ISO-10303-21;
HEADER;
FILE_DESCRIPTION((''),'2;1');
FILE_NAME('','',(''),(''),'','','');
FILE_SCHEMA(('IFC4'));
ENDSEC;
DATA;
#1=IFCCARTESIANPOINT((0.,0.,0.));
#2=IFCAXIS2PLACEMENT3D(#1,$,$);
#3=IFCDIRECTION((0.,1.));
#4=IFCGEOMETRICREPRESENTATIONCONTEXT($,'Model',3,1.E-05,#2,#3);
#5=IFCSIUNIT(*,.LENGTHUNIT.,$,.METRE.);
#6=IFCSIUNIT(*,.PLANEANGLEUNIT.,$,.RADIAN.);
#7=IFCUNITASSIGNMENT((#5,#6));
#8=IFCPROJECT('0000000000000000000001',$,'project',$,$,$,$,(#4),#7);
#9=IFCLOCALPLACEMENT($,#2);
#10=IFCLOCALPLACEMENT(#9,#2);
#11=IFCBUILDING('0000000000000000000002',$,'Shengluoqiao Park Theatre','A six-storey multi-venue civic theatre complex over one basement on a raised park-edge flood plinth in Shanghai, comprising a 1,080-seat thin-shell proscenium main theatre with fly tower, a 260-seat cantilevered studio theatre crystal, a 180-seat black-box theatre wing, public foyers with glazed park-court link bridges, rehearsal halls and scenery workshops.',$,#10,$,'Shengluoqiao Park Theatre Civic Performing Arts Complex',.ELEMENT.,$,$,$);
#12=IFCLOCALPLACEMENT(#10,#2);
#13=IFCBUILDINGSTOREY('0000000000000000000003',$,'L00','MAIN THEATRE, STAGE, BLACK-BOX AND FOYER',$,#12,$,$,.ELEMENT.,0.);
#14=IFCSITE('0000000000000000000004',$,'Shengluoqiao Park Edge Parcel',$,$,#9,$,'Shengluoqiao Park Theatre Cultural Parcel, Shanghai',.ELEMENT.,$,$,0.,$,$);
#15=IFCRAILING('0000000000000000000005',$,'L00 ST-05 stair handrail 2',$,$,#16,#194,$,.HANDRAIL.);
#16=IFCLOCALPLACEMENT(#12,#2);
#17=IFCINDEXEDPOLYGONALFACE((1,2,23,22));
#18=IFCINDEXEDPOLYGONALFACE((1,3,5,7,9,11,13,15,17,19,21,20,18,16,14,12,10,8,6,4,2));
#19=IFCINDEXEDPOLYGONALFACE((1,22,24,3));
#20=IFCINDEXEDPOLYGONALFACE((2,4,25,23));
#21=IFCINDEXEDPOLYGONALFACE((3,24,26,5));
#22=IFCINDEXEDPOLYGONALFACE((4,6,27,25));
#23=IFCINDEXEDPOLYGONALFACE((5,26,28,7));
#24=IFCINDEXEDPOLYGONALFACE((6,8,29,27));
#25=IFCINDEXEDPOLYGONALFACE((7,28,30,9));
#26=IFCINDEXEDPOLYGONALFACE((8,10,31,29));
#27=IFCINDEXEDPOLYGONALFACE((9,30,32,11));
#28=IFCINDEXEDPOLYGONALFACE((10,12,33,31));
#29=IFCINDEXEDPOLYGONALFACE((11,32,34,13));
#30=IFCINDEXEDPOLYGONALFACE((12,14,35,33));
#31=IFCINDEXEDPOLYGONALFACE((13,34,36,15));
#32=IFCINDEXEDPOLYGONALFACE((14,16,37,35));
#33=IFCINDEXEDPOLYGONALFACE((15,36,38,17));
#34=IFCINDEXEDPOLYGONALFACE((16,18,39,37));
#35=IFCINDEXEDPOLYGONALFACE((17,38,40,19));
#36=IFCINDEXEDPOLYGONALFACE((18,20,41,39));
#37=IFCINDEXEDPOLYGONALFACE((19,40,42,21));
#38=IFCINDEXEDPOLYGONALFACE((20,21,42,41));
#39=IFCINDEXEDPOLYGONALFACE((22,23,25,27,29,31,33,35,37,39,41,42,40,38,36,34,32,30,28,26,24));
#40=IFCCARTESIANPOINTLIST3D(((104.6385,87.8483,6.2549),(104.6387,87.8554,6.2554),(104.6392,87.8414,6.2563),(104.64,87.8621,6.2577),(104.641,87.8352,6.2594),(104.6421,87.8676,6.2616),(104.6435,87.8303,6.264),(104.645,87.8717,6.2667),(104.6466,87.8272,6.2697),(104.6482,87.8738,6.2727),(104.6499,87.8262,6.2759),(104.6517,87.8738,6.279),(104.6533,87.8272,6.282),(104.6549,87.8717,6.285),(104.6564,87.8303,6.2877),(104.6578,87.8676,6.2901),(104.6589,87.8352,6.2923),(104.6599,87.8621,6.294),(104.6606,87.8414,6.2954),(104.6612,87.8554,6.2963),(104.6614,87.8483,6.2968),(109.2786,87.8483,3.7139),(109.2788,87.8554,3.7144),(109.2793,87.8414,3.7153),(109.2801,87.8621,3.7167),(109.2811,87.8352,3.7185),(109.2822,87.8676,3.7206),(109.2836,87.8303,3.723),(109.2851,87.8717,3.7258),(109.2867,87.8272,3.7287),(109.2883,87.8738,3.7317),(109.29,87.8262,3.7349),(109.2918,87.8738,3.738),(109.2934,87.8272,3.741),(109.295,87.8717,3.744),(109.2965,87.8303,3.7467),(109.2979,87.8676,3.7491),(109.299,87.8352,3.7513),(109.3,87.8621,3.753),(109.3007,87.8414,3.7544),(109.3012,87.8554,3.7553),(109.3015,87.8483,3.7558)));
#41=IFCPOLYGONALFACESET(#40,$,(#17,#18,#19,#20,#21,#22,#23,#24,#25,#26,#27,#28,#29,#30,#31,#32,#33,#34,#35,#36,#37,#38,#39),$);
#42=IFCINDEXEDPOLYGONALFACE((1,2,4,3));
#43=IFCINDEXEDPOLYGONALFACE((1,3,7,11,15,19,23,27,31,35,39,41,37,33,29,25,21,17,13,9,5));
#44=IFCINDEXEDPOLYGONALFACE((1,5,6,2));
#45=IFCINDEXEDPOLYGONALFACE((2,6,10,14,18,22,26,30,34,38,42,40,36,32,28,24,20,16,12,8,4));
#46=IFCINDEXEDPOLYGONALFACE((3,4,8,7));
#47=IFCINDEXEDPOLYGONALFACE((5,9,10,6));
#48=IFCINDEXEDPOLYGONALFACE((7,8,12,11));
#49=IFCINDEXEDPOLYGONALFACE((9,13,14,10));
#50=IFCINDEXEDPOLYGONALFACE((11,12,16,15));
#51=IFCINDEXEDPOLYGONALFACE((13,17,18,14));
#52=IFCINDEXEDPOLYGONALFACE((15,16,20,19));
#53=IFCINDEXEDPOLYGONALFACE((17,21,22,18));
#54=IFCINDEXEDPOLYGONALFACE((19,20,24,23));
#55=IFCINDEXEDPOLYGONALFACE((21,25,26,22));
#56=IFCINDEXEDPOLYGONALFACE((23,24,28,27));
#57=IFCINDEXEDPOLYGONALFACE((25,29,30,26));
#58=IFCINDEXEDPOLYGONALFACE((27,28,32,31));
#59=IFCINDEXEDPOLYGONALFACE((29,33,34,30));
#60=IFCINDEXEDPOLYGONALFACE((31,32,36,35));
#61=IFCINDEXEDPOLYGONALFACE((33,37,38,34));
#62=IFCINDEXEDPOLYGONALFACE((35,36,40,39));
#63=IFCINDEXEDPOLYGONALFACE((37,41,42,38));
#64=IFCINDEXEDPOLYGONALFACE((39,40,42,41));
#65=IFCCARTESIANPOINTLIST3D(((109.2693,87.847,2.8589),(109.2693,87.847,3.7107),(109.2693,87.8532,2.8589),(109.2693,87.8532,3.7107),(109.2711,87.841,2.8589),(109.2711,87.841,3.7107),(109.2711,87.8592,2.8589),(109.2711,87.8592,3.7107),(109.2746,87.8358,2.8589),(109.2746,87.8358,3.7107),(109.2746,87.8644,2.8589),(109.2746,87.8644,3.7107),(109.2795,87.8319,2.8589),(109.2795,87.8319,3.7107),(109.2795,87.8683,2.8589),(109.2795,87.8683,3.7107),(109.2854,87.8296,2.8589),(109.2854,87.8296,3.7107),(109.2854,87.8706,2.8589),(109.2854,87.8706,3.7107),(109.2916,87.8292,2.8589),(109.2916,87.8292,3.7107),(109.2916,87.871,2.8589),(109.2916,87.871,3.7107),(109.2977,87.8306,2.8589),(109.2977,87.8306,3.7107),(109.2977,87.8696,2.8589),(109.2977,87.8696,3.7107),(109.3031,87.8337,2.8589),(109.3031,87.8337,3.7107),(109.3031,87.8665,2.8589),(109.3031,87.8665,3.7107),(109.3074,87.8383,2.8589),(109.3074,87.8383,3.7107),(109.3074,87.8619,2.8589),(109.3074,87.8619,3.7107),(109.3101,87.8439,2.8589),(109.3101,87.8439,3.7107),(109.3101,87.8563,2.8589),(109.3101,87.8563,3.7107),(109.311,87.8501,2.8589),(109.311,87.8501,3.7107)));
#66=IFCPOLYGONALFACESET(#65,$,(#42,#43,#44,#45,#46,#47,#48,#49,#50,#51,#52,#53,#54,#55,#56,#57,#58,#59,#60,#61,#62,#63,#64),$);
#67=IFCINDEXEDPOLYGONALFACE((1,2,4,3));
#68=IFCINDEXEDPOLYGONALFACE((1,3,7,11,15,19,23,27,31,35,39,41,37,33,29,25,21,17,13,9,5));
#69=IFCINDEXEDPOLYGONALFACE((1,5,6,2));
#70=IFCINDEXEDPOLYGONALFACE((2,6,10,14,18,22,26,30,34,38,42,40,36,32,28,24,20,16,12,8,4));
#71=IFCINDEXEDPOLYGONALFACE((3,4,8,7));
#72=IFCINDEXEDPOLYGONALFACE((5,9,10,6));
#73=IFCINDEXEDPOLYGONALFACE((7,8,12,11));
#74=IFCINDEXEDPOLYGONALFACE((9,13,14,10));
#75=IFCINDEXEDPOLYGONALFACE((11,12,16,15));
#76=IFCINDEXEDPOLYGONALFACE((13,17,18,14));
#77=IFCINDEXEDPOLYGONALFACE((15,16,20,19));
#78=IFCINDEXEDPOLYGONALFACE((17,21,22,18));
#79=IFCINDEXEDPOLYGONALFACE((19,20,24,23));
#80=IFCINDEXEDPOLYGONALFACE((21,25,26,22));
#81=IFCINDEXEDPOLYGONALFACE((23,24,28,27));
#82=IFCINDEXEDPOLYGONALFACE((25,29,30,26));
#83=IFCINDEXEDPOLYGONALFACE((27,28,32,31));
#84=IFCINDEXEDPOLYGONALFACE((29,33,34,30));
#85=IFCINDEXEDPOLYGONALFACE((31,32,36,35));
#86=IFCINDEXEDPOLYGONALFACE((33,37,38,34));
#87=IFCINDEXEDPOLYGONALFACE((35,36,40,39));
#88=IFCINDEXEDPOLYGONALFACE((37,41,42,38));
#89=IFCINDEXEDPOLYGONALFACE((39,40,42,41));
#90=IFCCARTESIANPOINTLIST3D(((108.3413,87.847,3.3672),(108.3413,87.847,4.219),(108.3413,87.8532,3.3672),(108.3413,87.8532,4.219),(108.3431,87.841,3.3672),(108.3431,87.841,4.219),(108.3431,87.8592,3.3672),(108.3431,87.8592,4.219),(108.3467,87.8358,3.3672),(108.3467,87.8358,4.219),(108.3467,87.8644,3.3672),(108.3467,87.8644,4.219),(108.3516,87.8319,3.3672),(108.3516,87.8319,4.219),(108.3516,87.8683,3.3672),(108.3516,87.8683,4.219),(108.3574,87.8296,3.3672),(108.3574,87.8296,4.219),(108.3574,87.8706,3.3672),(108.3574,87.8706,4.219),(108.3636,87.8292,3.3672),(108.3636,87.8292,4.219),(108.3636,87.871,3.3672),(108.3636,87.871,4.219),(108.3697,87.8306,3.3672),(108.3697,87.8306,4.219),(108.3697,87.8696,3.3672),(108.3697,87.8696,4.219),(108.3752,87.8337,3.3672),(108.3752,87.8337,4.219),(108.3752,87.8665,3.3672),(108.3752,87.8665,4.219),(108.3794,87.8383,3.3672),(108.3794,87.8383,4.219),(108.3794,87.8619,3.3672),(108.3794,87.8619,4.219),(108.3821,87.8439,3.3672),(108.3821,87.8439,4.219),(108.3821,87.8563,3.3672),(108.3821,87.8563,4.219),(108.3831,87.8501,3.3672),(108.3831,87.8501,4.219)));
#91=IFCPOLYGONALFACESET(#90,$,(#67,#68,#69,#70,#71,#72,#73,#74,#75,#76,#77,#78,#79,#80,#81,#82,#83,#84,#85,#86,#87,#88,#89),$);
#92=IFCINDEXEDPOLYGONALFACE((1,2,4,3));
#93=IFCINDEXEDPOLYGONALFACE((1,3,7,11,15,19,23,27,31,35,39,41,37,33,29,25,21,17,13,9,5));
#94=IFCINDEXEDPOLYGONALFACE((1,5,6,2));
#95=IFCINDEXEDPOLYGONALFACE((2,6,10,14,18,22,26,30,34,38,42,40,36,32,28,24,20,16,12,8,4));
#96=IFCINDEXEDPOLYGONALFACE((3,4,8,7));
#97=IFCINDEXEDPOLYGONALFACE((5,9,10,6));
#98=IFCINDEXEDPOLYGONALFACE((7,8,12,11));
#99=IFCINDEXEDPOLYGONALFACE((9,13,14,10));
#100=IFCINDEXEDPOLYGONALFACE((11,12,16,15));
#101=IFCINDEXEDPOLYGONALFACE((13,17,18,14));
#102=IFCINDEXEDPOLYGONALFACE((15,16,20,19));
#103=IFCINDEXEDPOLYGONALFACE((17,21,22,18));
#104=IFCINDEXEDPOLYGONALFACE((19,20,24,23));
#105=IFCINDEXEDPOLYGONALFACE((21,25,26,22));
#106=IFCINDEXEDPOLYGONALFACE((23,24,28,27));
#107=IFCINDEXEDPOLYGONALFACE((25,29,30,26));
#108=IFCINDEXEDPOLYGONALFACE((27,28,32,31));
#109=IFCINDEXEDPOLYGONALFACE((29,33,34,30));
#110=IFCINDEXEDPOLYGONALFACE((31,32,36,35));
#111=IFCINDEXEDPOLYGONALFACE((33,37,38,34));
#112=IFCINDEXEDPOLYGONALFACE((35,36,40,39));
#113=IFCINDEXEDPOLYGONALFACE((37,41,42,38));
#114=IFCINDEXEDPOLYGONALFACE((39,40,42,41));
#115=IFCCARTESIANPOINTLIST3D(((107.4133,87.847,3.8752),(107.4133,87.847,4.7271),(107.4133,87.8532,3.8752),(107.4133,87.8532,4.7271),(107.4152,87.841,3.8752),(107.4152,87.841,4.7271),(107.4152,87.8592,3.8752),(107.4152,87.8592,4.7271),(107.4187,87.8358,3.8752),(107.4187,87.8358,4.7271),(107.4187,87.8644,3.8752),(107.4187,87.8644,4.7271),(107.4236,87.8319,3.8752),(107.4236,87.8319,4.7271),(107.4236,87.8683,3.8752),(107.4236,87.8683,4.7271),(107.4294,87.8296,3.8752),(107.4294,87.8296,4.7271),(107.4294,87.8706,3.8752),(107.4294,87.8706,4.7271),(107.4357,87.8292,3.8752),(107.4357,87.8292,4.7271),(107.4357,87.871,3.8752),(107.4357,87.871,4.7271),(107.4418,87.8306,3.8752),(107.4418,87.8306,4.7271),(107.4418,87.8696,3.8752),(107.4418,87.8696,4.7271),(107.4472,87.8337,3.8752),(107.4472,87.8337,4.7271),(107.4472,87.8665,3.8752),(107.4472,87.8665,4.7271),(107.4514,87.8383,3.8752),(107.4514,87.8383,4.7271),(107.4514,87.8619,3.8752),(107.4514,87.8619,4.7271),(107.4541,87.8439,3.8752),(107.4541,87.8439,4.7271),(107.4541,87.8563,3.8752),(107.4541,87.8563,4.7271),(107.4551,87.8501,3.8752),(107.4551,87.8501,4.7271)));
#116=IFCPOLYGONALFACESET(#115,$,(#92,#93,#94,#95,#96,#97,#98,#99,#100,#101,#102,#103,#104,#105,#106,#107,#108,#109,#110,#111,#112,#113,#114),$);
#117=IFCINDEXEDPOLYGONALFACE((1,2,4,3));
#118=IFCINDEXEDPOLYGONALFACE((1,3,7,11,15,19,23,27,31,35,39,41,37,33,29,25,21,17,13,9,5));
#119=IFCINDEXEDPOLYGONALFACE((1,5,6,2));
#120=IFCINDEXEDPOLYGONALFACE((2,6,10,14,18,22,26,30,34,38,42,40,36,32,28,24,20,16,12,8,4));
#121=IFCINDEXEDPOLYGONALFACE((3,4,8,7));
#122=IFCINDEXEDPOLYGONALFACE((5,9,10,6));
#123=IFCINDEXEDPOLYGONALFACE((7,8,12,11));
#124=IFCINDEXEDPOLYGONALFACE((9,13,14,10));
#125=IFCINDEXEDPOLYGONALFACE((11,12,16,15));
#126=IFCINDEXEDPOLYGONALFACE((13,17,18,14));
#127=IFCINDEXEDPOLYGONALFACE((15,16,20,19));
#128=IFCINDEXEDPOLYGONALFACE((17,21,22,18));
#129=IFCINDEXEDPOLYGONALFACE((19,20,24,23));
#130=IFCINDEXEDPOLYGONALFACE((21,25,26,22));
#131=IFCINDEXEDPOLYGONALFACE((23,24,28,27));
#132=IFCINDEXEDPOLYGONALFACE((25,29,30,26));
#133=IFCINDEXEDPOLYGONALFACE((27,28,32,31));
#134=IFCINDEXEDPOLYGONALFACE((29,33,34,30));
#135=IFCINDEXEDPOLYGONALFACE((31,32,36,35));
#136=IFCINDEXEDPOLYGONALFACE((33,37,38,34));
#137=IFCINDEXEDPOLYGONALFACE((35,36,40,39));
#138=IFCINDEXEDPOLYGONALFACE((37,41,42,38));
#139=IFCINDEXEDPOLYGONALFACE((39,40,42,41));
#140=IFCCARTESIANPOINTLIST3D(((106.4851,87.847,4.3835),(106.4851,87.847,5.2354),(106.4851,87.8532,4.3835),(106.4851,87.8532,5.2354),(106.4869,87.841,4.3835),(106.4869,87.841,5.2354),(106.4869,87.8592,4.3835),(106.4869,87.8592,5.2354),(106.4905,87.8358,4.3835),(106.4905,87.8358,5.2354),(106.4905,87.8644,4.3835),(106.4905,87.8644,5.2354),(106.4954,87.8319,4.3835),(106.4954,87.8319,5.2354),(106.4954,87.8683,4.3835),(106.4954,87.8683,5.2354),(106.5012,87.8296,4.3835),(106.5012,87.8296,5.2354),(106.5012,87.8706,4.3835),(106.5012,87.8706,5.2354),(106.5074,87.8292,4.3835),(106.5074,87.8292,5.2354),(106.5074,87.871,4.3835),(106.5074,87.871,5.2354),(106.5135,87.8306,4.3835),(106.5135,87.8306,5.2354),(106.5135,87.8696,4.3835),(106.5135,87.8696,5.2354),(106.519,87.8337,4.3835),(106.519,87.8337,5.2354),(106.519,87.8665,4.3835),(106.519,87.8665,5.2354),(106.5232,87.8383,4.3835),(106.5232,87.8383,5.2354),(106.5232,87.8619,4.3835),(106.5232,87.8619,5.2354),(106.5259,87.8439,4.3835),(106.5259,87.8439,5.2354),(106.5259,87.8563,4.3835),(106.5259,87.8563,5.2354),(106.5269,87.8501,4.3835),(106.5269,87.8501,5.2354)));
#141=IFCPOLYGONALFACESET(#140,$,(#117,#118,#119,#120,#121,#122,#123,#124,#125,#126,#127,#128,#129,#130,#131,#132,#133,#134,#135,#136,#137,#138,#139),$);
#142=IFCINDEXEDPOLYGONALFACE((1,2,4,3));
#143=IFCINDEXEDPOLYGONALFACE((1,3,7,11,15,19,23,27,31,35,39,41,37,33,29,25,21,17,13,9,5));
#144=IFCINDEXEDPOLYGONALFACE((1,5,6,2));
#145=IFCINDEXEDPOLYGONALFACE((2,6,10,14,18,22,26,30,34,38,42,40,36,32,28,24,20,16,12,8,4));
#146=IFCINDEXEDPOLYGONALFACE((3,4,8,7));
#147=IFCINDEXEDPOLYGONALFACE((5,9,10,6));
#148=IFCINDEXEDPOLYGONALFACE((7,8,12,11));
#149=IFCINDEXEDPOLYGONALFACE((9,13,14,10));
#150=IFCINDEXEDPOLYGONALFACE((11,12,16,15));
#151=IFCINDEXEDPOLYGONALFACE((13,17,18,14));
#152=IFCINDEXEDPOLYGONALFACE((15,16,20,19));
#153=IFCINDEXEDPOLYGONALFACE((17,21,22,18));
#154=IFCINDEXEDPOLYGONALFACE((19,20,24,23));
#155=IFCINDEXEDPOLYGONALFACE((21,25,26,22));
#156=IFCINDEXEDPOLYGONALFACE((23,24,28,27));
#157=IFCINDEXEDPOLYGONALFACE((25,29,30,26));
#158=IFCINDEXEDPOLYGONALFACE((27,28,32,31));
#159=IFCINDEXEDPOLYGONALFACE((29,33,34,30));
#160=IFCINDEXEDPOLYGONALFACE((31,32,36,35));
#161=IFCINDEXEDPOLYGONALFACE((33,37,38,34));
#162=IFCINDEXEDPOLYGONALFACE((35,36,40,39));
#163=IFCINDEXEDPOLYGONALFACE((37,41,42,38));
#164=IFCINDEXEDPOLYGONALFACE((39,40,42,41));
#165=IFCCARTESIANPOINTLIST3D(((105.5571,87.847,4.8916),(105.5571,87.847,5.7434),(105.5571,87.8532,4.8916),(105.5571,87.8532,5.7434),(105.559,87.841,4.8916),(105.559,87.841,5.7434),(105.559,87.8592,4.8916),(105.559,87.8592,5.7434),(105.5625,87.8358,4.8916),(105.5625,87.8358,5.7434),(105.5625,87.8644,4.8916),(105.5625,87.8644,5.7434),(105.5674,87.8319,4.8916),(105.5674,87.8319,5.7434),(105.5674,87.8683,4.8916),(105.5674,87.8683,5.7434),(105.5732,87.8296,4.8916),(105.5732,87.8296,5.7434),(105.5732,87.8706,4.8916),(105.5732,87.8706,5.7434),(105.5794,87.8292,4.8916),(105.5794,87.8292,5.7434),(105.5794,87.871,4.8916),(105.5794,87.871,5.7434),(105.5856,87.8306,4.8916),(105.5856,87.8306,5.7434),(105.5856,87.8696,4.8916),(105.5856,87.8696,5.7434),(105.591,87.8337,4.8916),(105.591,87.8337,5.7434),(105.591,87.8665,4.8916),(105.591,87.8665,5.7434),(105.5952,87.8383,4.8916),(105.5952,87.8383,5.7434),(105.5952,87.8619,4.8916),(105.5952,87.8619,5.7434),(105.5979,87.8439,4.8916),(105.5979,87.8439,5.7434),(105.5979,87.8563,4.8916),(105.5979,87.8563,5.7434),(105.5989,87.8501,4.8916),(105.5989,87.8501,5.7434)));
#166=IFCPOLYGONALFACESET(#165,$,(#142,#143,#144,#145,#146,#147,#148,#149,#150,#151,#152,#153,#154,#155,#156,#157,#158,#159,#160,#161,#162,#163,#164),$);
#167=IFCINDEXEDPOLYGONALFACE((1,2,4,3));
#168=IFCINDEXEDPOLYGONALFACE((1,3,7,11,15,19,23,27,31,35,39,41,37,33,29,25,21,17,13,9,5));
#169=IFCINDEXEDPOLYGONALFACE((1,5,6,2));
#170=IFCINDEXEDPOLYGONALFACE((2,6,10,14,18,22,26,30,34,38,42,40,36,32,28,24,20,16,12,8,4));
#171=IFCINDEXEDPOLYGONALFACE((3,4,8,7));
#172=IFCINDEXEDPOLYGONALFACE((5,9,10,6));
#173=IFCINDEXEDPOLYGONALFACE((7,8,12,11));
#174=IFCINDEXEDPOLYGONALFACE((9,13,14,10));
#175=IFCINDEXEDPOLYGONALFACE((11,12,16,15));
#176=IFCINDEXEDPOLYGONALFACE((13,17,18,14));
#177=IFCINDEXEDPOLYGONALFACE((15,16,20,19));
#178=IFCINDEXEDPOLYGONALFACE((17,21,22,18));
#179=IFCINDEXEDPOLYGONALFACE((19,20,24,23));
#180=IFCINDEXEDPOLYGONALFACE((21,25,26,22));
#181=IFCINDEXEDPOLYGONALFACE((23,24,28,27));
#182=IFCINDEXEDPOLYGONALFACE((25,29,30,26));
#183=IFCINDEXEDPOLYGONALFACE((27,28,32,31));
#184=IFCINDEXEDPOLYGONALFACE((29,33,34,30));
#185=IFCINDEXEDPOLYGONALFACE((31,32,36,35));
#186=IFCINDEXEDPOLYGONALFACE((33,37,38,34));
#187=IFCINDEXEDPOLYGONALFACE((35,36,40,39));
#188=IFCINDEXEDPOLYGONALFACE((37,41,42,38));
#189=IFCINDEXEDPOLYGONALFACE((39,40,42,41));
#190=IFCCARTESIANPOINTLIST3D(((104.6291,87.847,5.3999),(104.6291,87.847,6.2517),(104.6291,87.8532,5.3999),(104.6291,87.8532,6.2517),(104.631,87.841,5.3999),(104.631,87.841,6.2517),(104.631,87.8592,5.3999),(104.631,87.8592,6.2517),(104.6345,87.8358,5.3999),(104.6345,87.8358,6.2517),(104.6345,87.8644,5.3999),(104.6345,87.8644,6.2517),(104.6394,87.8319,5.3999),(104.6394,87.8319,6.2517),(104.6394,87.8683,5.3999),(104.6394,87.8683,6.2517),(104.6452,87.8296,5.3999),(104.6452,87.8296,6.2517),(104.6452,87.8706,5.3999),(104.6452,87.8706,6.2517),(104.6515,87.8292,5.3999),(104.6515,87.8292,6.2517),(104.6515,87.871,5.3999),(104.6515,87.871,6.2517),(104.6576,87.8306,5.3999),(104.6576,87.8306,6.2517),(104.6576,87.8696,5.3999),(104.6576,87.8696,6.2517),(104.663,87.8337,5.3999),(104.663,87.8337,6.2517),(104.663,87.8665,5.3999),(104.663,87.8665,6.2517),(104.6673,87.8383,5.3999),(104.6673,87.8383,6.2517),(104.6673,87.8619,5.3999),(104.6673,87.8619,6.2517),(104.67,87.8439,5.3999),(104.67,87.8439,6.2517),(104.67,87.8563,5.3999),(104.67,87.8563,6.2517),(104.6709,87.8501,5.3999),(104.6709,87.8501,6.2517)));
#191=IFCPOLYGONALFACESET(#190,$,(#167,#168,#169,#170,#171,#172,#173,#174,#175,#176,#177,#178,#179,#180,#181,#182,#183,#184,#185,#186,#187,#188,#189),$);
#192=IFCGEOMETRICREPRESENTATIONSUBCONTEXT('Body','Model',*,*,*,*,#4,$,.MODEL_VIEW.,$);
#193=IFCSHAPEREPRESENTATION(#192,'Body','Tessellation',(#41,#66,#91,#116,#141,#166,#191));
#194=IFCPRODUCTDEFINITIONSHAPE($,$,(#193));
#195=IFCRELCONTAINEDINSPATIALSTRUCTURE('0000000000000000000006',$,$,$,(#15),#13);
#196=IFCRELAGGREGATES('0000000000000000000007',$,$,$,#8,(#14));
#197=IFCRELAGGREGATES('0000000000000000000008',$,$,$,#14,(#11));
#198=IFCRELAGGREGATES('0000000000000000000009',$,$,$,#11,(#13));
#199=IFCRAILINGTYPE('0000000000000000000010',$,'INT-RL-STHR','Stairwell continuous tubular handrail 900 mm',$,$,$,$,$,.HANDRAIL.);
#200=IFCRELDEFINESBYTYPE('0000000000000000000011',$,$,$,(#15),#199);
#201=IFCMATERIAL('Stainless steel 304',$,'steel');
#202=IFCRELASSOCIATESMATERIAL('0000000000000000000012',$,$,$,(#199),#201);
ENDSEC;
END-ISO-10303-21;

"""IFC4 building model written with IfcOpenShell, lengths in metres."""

from ifc_helpers import new_model, si_unit, direction, frame, origin, origin_2d, place, context, subcontext, project, spatial, circle, extrude, material, type_object, element, save


model = new_model("IFC4")

# Units and contexts
model_context = context("Model", 3, precision=1e-05, world=origin(), true_north=direction((0.0, 1.0)))
body_context = subcontext(model_context, "Body", "Model", "MODEL_VIEW")
ifc_project = project(units=[si_unit("LENGTHUNIT", "METRE"), si_unit("PLANEANGLEUNIT", "RADIAN")], contexts=[model_context])

# Site, building, storey
site_placement = place(None, origin())
site = spatial("IfcSite", under=ifc_project, at=site_placement, Name="Shengluoqiao Park Edge Parcel", LongName="Shengluoqiao Park Theatre Cultural Parcel, Shanghai", CompositionType="ELEMENT", RefElevation=0.0)
building_placement = place(site_placement, origin())
building = spatial("IfcBuilding", under=site, at=building_placement, Name="Shengluoqiao Park Theatre", Description="A six-storey multi-venue civic theatre complex over one basement on a raised park-edge flood plinth in Shanghai, comprising a 1,080-seat thin-shell proscenium main theatre with fly tower, a 260-seat cantilevered studio theatre crystal, a 180-seat black-box theatre wing, public foyers with glazed park-court link bridges, rehearsal halls and scenery workshops.", LongName="Shengluoqiao Park Theatre Civic Performing Arts Complex", CompositionType="ELEMENT")
storey_placement = place(building_placement, origin())
storey = spatial("IfcBuildingStorey", under=building, at=storey_placement, Name="L00", Description="MAIN THEATRE, STAGE, BLACK-BOX AND FOYER", CompositionType="ELEMENT", Elevation=0.0)

# Shared definitions
ifc_material_1 = material(Name="Stainless steel 304", Category="steel")

# Railing
railing_type_1 = type_object("IfcRailingType", Name="INT-RL-STHR", Description="Stairwell continuous tubular handrail 900 mm", PredefinedType="HANDRAIL", material=ifc_material_1)
railing_1_placement = place(storey_placement, frame((109.29, 87.8501, 2.8589)))
element("IfcRailing", 1, at=railing_1_placement, inside=storey, type_object=railing_type_1, Name="L00 ST-05 stair handrail 2", PredefinedType="HANDRAIL", context=body_context, shape_type="SweptSolid", body=[
    extrude(circle(Radius=0.0239, at=origin_2d()), frame((0.0, 0.0, 0.876), z_axis=(-0.877097, 0.0, 0.480313), x_axis=(0.0, -1.0, 0.0)), (0.0, 0.0, 1.0), 5.2903),
    extrude(circle(Radius=0.021, at=origin_2d()), origin(), (0.0, 0.0, 1.0), 0.8518),
    extrude(circle(Radius=0.021, at=origin_2d()), frame((-0.928, 0.0, 0.5083)), (0.0, 0.0, 1.0), 0.8518),
    extrude(circle(Radius=0.021, at=origin_2d()), frame((-1.856, 0.0, 1.0164)), (0.0, 0.0, 1.0), 0.8518),
    extrude(circle(Radius=0.021, at=origin_2d()), frame((-2.7842, 0.0, 1.5247)), (0.0, 0.0, 1.0), 0.8518),
    extrude(circle(Radius=0.021, at=origin_2d()), frame((-3.7122, 0.0, 2.0327)), (0.0, 0.0, 1.0), 0.8518),
    extrude(circle(Radius=0.021, at=origin_2d()), frame((-4.6401, 0.0, 2.541)), (0.0, 0.0, 1.0), 0.8518),
])

save(model, "model.ifc")
